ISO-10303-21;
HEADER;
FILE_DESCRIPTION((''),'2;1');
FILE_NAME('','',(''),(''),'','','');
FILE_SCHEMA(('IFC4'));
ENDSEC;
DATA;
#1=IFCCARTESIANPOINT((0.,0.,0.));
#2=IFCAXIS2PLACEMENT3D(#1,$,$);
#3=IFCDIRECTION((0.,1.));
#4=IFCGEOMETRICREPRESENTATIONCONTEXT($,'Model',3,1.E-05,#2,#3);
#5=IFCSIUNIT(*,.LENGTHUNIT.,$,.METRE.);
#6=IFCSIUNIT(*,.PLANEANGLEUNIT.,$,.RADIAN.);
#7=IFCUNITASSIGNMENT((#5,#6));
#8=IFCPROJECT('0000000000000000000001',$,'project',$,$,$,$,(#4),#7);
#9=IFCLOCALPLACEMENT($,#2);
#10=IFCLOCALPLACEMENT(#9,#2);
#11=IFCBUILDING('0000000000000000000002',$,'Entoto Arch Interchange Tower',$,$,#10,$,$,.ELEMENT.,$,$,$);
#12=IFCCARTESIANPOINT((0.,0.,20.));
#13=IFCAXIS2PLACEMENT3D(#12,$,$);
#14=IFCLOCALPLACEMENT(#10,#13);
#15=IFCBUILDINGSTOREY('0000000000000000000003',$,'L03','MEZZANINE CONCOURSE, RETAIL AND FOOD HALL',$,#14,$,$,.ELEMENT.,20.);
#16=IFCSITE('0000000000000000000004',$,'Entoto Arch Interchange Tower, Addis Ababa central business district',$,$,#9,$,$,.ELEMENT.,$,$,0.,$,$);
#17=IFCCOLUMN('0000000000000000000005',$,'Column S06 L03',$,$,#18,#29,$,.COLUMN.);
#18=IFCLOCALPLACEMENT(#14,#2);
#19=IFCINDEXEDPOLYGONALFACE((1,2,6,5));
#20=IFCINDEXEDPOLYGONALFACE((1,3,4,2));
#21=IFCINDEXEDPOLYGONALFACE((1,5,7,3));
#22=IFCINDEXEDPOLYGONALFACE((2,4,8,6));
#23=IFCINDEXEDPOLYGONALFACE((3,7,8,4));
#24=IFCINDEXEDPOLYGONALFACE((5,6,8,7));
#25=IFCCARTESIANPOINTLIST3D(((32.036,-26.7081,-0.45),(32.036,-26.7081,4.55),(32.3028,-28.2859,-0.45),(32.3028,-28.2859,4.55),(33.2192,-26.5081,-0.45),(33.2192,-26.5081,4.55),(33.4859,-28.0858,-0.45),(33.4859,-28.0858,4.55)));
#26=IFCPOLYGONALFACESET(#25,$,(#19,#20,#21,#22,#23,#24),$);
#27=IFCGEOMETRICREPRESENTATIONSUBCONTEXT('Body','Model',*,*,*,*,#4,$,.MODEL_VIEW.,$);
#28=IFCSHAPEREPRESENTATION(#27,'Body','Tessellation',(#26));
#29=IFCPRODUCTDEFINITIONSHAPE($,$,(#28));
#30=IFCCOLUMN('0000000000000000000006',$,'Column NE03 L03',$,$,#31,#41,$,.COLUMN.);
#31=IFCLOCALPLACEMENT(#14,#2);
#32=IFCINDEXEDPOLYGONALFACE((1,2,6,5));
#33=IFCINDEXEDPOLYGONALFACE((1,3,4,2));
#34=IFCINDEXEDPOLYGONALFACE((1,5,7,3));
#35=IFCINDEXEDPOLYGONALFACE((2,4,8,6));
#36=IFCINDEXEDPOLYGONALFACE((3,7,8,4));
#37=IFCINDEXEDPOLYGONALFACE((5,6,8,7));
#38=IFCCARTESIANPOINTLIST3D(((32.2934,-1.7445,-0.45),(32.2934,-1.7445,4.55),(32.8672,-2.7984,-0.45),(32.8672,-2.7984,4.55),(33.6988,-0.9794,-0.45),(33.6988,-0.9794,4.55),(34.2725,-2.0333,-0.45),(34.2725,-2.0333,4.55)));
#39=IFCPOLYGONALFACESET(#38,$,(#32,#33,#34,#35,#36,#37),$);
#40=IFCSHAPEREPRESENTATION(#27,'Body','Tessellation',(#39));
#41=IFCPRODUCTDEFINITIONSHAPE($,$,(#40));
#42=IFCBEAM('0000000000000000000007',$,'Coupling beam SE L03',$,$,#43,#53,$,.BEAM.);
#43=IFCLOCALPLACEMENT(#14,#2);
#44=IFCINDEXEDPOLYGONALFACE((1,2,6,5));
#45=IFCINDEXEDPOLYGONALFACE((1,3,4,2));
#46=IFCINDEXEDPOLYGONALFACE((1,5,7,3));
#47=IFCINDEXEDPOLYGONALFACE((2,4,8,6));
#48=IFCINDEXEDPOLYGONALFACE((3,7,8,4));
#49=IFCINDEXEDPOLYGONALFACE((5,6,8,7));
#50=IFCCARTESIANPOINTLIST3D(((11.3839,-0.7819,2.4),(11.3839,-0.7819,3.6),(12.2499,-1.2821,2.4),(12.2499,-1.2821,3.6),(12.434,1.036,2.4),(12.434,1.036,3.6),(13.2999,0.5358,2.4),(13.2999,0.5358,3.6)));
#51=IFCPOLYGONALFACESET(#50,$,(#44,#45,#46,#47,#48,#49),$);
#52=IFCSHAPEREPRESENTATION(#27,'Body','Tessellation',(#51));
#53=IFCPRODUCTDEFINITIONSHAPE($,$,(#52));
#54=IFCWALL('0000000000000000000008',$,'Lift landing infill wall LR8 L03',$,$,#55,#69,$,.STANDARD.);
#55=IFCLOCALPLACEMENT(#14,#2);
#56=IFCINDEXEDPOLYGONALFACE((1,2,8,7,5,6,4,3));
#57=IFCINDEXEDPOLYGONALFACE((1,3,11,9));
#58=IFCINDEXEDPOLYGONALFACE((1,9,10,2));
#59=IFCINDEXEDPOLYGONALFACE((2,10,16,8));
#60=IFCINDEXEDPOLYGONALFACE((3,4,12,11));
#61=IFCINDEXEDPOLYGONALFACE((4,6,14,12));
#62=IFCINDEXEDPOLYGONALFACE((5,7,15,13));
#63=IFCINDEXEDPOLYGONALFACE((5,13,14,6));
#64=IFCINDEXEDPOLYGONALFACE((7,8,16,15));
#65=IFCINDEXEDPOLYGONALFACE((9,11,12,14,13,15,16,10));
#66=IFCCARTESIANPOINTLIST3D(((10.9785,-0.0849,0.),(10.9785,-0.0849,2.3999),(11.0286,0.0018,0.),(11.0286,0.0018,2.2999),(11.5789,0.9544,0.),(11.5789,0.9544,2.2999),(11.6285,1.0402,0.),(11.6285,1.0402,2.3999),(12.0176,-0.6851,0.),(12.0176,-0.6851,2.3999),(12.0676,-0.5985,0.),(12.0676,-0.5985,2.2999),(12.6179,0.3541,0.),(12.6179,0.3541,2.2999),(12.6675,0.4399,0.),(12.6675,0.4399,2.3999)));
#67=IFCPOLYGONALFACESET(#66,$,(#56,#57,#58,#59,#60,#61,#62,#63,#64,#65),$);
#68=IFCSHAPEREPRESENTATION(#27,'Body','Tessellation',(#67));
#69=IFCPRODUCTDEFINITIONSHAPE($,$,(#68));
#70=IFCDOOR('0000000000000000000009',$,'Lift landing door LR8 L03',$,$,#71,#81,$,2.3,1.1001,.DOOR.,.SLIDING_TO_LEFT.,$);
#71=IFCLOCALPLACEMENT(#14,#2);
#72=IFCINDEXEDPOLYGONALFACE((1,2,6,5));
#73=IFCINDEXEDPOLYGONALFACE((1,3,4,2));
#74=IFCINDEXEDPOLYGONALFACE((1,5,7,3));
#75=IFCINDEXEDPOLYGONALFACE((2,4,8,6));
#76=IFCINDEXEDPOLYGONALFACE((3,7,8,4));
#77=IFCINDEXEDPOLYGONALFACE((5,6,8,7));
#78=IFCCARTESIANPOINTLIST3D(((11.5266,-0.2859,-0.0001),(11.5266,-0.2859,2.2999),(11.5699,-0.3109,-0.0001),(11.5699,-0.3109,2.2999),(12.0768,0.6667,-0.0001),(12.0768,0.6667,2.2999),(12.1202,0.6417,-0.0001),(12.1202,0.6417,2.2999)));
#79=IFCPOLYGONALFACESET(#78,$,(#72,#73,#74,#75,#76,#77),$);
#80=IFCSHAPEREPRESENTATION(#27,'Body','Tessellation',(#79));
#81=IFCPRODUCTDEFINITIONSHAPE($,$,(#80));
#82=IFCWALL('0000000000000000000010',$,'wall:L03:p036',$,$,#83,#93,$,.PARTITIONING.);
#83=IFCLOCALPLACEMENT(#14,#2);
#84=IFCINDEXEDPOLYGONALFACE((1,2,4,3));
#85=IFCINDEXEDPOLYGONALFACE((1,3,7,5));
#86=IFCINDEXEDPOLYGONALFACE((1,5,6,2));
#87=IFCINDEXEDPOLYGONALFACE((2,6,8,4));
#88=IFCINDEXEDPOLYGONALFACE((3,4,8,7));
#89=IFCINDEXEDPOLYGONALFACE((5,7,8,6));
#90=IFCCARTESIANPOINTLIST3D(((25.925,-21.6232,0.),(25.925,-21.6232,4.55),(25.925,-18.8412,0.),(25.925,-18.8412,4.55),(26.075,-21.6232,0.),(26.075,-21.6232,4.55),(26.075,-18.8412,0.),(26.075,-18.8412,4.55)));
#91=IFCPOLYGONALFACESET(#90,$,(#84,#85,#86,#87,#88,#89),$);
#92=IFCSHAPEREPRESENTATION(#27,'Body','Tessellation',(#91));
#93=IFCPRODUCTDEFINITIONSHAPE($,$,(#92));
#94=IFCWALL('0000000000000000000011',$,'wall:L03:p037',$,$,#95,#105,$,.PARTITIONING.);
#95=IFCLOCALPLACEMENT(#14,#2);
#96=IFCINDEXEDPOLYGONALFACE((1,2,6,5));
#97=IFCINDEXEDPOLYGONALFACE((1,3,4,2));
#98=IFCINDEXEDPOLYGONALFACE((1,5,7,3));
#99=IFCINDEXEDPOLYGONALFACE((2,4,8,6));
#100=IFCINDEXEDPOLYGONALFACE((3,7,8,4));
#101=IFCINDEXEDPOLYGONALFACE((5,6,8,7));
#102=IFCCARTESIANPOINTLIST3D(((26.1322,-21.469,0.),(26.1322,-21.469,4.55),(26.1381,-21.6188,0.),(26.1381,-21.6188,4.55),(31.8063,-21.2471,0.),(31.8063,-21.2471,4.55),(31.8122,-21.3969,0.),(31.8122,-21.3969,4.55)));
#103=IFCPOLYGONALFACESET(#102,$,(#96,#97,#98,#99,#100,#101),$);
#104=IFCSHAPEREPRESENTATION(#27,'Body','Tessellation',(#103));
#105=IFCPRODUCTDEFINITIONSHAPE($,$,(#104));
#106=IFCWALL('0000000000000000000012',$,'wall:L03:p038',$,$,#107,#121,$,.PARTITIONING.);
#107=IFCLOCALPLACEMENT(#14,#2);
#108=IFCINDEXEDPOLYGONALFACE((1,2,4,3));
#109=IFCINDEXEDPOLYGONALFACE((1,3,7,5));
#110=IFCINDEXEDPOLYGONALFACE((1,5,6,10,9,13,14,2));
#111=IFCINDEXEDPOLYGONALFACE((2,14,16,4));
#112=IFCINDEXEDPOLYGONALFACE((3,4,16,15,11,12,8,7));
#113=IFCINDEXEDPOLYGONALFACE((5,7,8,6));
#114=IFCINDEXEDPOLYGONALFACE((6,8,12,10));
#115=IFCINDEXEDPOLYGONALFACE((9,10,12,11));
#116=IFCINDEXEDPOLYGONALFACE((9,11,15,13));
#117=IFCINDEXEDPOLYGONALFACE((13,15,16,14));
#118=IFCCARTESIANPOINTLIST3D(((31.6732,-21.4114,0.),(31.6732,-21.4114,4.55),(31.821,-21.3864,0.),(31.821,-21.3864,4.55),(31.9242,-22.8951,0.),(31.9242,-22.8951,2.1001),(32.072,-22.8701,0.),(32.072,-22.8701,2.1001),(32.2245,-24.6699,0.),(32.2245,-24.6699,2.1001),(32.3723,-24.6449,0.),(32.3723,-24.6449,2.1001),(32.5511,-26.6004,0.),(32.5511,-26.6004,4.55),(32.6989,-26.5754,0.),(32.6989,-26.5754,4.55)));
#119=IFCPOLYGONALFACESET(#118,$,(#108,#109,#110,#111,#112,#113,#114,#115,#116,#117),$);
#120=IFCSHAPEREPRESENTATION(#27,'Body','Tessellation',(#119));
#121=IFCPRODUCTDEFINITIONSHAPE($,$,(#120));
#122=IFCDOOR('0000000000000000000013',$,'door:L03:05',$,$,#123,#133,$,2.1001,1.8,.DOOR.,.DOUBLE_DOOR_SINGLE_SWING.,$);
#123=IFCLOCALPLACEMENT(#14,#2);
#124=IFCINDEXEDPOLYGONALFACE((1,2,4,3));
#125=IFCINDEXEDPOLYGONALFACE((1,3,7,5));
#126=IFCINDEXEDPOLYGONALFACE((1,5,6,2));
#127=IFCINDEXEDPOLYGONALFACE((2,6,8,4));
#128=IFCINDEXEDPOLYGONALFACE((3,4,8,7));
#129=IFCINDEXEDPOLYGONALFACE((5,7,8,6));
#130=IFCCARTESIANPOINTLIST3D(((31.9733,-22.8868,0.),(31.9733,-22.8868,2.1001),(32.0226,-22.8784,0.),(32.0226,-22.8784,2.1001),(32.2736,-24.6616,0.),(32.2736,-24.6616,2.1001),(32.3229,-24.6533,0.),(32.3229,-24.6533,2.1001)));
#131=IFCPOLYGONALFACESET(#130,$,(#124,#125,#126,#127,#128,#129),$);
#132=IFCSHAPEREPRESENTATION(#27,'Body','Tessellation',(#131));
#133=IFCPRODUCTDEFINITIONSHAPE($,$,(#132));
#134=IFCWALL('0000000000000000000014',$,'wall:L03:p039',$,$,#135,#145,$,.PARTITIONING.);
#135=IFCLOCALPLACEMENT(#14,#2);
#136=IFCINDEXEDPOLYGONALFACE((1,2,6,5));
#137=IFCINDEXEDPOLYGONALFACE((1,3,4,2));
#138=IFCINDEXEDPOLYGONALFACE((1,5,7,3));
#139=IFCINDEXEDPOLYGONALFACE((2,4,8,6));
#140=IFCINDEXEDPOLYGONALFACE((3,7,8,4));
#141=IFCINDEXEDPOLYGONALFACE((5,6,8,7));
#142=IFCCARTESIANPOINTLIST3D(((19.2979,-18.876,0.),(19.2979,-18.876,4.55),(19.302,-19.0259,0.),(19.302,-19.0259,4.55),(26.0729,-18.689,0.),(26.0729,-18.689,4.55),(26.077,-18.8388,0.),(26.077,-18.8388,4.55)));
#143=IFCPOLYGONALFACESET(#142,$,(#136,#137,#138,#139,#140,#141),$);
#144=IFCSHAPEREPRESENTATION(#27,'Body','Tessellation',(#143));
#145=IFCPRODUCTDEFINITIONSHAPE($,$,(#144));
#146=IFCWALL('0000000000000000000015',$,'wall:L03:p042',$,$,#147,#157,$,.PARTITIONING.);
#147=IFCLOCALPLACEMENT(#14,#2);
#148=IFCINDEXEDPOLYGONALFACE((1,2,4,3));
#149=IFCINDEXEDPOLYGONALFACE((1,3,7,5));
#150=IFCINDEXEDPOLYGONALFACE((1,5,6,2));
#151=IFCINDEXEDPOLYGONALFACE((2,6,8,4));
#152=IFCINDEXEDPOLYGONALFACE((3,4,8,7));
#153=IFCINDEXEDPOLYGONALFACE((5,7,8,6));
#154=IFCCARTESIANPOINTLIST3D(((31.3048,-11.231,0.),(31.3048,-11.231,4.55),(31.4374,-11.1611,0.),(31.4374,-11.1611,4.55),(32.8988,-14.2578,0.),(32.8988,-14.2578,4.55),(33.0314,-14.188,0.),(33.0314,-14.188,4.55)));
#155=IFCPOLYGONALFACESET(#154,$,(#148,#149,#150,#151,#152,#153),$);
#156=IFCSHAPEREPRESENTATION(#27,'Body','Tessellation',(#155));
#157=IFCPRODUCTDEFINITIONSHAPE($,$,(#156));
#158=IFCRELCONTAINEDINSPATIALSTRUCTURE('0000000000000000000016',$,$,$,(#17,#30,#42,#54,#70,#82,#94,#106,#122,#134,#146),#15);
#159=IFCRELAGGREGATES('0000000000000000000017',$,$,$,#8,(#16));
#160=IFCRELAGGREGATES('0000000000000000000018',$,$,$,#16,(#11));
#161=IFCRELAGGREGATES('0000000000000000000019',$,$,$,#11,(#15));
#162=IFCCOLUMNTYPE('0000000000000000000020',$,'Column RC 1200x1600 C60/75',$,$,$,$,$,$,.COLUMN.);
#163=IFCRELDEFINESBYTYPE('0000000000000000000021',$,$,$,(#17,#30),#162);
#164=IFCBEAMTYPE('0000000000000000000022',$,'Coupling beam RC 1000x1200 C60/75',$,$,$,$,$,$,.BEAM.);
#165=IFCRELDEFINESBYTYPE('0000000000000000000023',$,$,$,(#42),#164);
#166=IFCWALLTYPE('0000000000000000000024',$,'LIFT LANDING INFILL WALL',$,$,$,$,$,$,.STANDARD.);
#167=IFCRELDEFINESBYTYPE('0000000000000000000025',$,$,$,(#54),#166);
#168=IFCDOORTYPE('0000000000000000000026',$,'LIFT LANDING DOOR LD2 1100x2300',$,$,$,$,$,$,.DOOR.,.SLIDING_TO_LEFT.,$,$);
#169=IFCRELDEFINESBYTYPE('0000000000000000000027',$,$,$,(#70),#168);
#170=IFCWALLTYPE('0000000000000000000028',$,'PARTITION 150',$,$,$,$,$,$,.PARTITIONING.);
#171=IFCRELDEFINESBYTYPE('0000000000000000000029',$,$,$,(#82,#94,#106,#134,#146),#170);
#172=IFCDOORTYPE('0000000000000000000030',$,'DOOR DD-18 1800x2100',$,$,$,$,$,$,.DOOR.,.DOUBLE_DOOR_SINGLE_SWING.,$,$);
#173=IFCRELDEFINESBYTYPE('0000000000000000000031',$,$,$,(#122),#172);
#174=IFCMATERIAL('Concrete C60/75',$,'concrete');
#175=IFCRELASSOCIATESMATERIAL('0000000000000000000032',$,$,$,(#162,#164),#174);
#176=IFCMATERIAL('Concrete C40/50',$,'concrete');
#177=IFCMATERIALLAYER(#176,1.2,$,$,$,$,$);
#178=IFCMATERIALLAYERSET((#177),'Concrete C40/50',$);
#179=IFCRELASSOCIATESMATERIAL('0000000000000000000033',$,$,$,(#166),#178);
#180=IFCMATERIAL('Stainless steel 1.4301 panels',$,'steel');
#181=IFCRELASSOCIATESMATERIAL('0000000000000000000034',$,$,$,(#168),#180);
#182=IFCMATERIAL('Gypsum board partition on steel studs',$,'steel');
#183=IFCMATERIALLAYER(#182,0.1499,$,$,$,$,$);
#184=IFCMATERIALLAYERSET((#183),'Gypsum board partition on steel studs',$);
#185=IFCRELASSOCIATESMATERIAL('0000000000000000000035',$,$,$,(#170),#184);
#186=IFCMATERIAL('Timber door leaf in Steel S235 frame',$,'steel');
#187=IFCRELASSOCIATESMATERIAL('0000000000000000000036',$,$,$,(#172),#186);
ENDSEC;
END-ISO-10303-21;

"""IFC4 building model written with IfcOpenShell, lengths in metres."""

from ifc_helpers import new_model, si_unit, direction, frame, frame_2d, origin, origin_2d, place, context, subcontext, project, spatial, rectangle, extrude, material, layer, layer_set, material_profile, profile_set, type_object, element, fill, save


model = new_model("IFC4")

# Units and contexts
model_context = context("Model", 3, precision=1e-05, world=origin(), true_north=direction((0.0, 1.0)))
body_context = subcontext(model_context, "Body", "Model", "MODEL_VIEW")
ifc_project = project(units=[si_unit("LENGTHUNIT", "METRE"), si_unit("PLANEANGLEUNIT", "RADIAN")], contexts=[model_context])

# Site, building, storey
site_placement = place(None, origin())
site = spatial("IfcSite", under=ifc_project, at=site_placement, Name="Entoto Arch Interchange Tower, Addis Ababa central business district", CompositionType="ELEMENT", RefElevation=0.0)
building_placement = place(site_placement, origin())
building = spatial("IfcBuilding", under=site, at=building_placement, Name="Entoto Arch Interchange Tower", CompositionType="ELEMENT")
storey_placement = place(building_placement, frame((0.0, 0.0, 20.0)))
storey = spatial("IfcBuildingStorey", under=building, at=storey_placement, Name="L03", Description="MEZZANINE CONCOURSE, RETAIL AND FOOD HALL", CompositionType="ELEMENT", Elevation=20.0)

# Columns
ifc_material_1 = material(Name="Concrete C60/75", Category="concrete")
ifc_material_profile_1 = material_profile(ifc_material_1, rectangle(XDim=1.2, YDim=1.6001, at=origin_2d()))
ifc_profile_set_1 = profile_set([ifc_material_profile_1], Name="Concrete C60/75")
column_type = type_object("IfcColumnType", Name="Column RC 1200x1600 C60/75", PredefinedType="COLUMN", material=ifc_profile_set_1)
for number, where, z_axis, x_axis, name in (
    (1, (32.761, -27.397, -0.45), (0.0, 0.0, 1.0), (0.986005, 0.166717, 0.0), "Column S06 L03"),
    (2, (33.283, -1.8889, -0.45), (0.0, 0.0, 1.0), (-0.47814, 0.878284, 0.0), "Column NE03 L03"),
):
    element("IfcColumn", number, at=place(storey_placement, frame(where, z_axis=z_axis, x_axis=x_axis)), inside=storey, type_object=column_type, Name=name, PredefinedType="COLUMN", context=body_context, shape_type="SweptSolid", body=[
        extrude(rectangle(XDim=1.2, YDim=1.6001, at=origin_2d()), origin(), (0.0, 0.0, 1.0), 5.0),
    ])

# Beam
ifc_material_profile_2 = material_profile(ifc_material_1, rectangle(XDim=1.0, YDim=1.2, at=origin_2d()))
ifc_profile_set_2 = profile_set([ifc_material_profile_2], Name="Concrete C60/75")
beam_type = type_object("IfcBeamType", Name="Coupling beam RC 1000x1200 C60/75", PredefinedType="BEAM", material=ifc_profile_set_2)
beam_placement = place(storey_placement, frame((11.8169, -1.032, 3.0), z_axis=(0.500179, 0.865922, 0.0), x_axis=(-0.865922, 0.500179, 0.0)))
element("IfcBeam", 3, at=beam_placement, inside=storey, type_object=beam_type, Name="Coupling beam SE L03", PredefinedType="BEAM", context=body_context, shape_type="SweptSolid", body=[
    extrude(rectangle(XDim=1.0, YDim=1.2, at=origin_2d()), origin(), (0.0, 0.0, 1.0), 2.0994),
])

# Wall, opening, door
ifc_material_2 = material(Name="Concrete C40/50", Category="concrete")
ifc_layer_1 = layer(ifc_material_2, 1.2)
ifc_layer_set_1 = layer_set([ifc_layer_1], Name="Concrete C40/50")
wall_type_1 = type_object("IfcWallType", Name="LIFT LANDING INFILL WALL", PredefinedType="STANDARD", material=ifc_layer_set_1)
wall_1_placement = place(storey_placement, frame((11.498, -0.385, 0.0), z_axis=(0.0, 0.0, 1.0), x_axis=(0.500221, 0.865898, 0.0)))
wall_1 = element("IfcWall", 4, at=wall_1_placement, inside=storey, type_object=wall_type_1, Name="Lift landing infill wall LR8 L03", PredefinedType="STANDARD", context=body_context, shape_type="SweptSolid", body=[
    extrude(rectangle(XDim=1.2993, YDim=1.2, at=frame_2d((0.6497, 0.0))), origin(), (0.0, 0.0, 1.0), 2.3999),
])
opening_1_placement = place(wall_1_placement, frame((0.1001, 0.0, 0.0)))
opening_1 = element("IfcOpeningElement", 5, at=opening_1_placement, cuts=wall_1, PredefinedType="OPENING", context=body_context, shape_type="SweptSolid", body=[
    extrude(rectangle(XDim=1.1001, YDim=2.3, at=frame_2d((0.55, 1.1499))), frame((0.0, 0.6099, 0.0), z_axis=(0.0, -1.0, 0.0), x_axis=(1.0, 0.0, 0.0)), (0.0, 0.0, 1.0), 1.22),
])
ifc_material_3 = material(Name="Stainless steel 1.4301 panels", Category="steel")
door_type_1 = type_object("IfcDoorType", Name="LIFT LANDING DOOR LD2 1100x2300", OperationType="SLIDING_TO_LEFT", PredefinedType="DOOR", material=ifc_material_3)
door_1_placement = place(opening_1_placement, origin())
door_1 = element("IfcDoor", 6, at=door_1_placement, inside=storey, type_object=door_type_1, Name="Lift landing door LR8 L03", OperationType="SLIDING_TO_LEFT", OverallHeight=2.3, OverallWidth=1.1001, PredefinedType="DOOR", context=body_context, shape_type="SweptSolid", body=[
    extrude(rectangle(XDim=1.1001, YDim=2.3, at=frame_2d((0.55, 1.1499))), frame((0.0, 0.0249, 0.0), z_axis=(0.0, -1.0, 0.0), x_axis=(1.0, 0.0, 0.0)), (0.0, 0.0, 1.0), 0.05),
])
fill(opening_1, door_1)

# Walls
ifc_material_4 = material(Name="Gypsum board partition on steel studs", Category="steel")
ifc_layer_2 = layer(ifc_material_4, 0.1499)
ifc_layer_set_2 = layer_set([ifc_layer_2], Name="Gypsum board partition on steel studs")
wall_type_2 = type_object("IfcWallType", Name="PARTITION 150", PredefinedType="PARTITIONING", material=ifc_layer_set_2)
wall_2_placement = place(storey_placement, frame((26.0, -18.8411, 0.0), z_axis=(0.0, 0.0, 1.0), x_axis=(0.0, -1.0, 0.0)))
element("IfcWall", 7, at=wall_2_placement, inside=storey, type_object=wall_type_2, Name="wall:L03:p036", PredefinedType="PARTITIONING", context=body_context, shape_type="SweptSolid", body=[
    extrude(rectangle(XDim=2.782, YDim=0.1499, at=frame_2d((1.3911, 0.0))), origin(), (0.0, 0.0, 1.0), 4.55),
])
wall_3_placement = place(storey_placement, frame((26.135, -21.5439, 0.0), z_axis=(0.0, 0.0, 1.0), x_axis=(0.999236, 0.039082, 0.0)))
element("IfcWall", 8, at=wall_3_placement, inside=storey, type_object=wall_type_2, Name="wall:L03:p037", PredefinedType="PARTITIONING", context=body_context, shape_type="SweptSolid", body=[
    extrude(rectangle(XDim=5.6785, YDim=0.1499, at=frame_2d((2.8394, 0.0))), origin(), (0.0, 0.0, 1.0), 4.55),
])

# Wall, opening, door
wall_4_placement = place(storey_placement, frame((31.7471, -21.3989, 0.0), z_axis=(0.0, 0.0, 1.0), x_axis=(0.166821, -0.985987, 0.0)))
wall_4 = element("IfcWall", 9, at=wall_4_placement, inside=storey, type_object=wall_type_2, Name="wall:L03:p038", PredefinedType="PARTITIONING", context=body_context, shape_type="SweptSolid", body=[
    extrude(rectangle(XDim=5.2627, YDim=0.1499, at=frame_2d((2.6313, 0.0))), origin(), (0.0, 0.0, 1.0), 4.55),
])
opening_2_placement = place(wall_4_placement, frame((1.5049, 0.0, 0.0)))
opening_2 = element("IfcOpeningElement", 10, at=opening_2_placement, cuts=wall_4, PredefinedType="OPENING", context=body_context, shape_type="SweptSolid", body=[
    extrude(rectangle(XDim=1.8, YDim=2.1001, at=frame_2d((0.8999, 1.05))), frame((0.0, 0.085, 0.0), z_axis=(0.0, -1.0, 0.0), x_axis=(1.0, 0.0, 0.0)), (0.0, 0.0, 1.0), 0.1699),
])
ifc_material_5 = material(Name="Timber door leaf in Steel S235 frame", Category="steel")
door_type_2 = type_object("IfcDoorType", Name="DOOR DD-18 1800x2100", OperationType="DOUBLE_DOOR_SINGLE_SWING", PredefinedType="DOOR", material=ifc_material_5)
door_2_placement = place(opening_2_placement, origin())
door_2 = element("IfcDoor", 11, at=door_2_placement, inside=storey, type_object=door_type_2, Name="door:L03:05", OperationType="DOUBLE_DOOR_SINGLE_SWING", OverallHeight=2.1001, OverallWidth=1.8, PredefinedType="DOOR", context=body_context, shape_type="SweptSolid", body=[
    extrude(rectangle(XDim=1.8, YDim=2.1001, at=frame_2d((0.8999, 1.05))), frame((0.0, 0.0249, 0.0), z_axis=(0.0, -1.0, 0.0), x_axis=(1.0, 0.0, 0.0)), (0.0, 0.0, 1.0), 0.05),
])
fill(opening_2, door_2)

# Walls
wall_5_placement = place(storey_placement, frame((19.3, -18.9509, 0.0), z_axis=(0.0, 0.0, 1.0), x_axis=(0.999619, 0.027593, 0.0)))
element("IfcWall", 12, at=wall_5_placement, inside=storey, type_object=wall_type_2, Name="wall:L03:p039", PredefinedType="PARTITIONING", context=body_context, shape_type="SweptSolid", body=[
    extrude(rectangle(XDim=6.7776, YDim=0.1499, at=frame_2d((3.3887, 0.0))), origin(), (0.0, 0.0, 1.0), 4.55),
])
wall_6_placement = place(storey_placement, frame((32.9651, -14.2229, 0.0), z_axis=(0.0, 0.0, 1.0), x_axis=(-0.465955, 0.884808, 0.0)))
element("IfcWall", 13, at=wall_6_placement, inside=storey, type_object=wall_type_2, Name="wall:L03:p042", PredefinedType="PARTITIONING", context=body_context, shape_type="SweptSolid", body=[
    extrude(rectangle(XDim=3.4209, YDim=0.1499, at=frame_2d((1.7104, 0.0))), origin(), (0.0, 0.0, 1.0), 4.55),
])

save(model, "model.ifc")
